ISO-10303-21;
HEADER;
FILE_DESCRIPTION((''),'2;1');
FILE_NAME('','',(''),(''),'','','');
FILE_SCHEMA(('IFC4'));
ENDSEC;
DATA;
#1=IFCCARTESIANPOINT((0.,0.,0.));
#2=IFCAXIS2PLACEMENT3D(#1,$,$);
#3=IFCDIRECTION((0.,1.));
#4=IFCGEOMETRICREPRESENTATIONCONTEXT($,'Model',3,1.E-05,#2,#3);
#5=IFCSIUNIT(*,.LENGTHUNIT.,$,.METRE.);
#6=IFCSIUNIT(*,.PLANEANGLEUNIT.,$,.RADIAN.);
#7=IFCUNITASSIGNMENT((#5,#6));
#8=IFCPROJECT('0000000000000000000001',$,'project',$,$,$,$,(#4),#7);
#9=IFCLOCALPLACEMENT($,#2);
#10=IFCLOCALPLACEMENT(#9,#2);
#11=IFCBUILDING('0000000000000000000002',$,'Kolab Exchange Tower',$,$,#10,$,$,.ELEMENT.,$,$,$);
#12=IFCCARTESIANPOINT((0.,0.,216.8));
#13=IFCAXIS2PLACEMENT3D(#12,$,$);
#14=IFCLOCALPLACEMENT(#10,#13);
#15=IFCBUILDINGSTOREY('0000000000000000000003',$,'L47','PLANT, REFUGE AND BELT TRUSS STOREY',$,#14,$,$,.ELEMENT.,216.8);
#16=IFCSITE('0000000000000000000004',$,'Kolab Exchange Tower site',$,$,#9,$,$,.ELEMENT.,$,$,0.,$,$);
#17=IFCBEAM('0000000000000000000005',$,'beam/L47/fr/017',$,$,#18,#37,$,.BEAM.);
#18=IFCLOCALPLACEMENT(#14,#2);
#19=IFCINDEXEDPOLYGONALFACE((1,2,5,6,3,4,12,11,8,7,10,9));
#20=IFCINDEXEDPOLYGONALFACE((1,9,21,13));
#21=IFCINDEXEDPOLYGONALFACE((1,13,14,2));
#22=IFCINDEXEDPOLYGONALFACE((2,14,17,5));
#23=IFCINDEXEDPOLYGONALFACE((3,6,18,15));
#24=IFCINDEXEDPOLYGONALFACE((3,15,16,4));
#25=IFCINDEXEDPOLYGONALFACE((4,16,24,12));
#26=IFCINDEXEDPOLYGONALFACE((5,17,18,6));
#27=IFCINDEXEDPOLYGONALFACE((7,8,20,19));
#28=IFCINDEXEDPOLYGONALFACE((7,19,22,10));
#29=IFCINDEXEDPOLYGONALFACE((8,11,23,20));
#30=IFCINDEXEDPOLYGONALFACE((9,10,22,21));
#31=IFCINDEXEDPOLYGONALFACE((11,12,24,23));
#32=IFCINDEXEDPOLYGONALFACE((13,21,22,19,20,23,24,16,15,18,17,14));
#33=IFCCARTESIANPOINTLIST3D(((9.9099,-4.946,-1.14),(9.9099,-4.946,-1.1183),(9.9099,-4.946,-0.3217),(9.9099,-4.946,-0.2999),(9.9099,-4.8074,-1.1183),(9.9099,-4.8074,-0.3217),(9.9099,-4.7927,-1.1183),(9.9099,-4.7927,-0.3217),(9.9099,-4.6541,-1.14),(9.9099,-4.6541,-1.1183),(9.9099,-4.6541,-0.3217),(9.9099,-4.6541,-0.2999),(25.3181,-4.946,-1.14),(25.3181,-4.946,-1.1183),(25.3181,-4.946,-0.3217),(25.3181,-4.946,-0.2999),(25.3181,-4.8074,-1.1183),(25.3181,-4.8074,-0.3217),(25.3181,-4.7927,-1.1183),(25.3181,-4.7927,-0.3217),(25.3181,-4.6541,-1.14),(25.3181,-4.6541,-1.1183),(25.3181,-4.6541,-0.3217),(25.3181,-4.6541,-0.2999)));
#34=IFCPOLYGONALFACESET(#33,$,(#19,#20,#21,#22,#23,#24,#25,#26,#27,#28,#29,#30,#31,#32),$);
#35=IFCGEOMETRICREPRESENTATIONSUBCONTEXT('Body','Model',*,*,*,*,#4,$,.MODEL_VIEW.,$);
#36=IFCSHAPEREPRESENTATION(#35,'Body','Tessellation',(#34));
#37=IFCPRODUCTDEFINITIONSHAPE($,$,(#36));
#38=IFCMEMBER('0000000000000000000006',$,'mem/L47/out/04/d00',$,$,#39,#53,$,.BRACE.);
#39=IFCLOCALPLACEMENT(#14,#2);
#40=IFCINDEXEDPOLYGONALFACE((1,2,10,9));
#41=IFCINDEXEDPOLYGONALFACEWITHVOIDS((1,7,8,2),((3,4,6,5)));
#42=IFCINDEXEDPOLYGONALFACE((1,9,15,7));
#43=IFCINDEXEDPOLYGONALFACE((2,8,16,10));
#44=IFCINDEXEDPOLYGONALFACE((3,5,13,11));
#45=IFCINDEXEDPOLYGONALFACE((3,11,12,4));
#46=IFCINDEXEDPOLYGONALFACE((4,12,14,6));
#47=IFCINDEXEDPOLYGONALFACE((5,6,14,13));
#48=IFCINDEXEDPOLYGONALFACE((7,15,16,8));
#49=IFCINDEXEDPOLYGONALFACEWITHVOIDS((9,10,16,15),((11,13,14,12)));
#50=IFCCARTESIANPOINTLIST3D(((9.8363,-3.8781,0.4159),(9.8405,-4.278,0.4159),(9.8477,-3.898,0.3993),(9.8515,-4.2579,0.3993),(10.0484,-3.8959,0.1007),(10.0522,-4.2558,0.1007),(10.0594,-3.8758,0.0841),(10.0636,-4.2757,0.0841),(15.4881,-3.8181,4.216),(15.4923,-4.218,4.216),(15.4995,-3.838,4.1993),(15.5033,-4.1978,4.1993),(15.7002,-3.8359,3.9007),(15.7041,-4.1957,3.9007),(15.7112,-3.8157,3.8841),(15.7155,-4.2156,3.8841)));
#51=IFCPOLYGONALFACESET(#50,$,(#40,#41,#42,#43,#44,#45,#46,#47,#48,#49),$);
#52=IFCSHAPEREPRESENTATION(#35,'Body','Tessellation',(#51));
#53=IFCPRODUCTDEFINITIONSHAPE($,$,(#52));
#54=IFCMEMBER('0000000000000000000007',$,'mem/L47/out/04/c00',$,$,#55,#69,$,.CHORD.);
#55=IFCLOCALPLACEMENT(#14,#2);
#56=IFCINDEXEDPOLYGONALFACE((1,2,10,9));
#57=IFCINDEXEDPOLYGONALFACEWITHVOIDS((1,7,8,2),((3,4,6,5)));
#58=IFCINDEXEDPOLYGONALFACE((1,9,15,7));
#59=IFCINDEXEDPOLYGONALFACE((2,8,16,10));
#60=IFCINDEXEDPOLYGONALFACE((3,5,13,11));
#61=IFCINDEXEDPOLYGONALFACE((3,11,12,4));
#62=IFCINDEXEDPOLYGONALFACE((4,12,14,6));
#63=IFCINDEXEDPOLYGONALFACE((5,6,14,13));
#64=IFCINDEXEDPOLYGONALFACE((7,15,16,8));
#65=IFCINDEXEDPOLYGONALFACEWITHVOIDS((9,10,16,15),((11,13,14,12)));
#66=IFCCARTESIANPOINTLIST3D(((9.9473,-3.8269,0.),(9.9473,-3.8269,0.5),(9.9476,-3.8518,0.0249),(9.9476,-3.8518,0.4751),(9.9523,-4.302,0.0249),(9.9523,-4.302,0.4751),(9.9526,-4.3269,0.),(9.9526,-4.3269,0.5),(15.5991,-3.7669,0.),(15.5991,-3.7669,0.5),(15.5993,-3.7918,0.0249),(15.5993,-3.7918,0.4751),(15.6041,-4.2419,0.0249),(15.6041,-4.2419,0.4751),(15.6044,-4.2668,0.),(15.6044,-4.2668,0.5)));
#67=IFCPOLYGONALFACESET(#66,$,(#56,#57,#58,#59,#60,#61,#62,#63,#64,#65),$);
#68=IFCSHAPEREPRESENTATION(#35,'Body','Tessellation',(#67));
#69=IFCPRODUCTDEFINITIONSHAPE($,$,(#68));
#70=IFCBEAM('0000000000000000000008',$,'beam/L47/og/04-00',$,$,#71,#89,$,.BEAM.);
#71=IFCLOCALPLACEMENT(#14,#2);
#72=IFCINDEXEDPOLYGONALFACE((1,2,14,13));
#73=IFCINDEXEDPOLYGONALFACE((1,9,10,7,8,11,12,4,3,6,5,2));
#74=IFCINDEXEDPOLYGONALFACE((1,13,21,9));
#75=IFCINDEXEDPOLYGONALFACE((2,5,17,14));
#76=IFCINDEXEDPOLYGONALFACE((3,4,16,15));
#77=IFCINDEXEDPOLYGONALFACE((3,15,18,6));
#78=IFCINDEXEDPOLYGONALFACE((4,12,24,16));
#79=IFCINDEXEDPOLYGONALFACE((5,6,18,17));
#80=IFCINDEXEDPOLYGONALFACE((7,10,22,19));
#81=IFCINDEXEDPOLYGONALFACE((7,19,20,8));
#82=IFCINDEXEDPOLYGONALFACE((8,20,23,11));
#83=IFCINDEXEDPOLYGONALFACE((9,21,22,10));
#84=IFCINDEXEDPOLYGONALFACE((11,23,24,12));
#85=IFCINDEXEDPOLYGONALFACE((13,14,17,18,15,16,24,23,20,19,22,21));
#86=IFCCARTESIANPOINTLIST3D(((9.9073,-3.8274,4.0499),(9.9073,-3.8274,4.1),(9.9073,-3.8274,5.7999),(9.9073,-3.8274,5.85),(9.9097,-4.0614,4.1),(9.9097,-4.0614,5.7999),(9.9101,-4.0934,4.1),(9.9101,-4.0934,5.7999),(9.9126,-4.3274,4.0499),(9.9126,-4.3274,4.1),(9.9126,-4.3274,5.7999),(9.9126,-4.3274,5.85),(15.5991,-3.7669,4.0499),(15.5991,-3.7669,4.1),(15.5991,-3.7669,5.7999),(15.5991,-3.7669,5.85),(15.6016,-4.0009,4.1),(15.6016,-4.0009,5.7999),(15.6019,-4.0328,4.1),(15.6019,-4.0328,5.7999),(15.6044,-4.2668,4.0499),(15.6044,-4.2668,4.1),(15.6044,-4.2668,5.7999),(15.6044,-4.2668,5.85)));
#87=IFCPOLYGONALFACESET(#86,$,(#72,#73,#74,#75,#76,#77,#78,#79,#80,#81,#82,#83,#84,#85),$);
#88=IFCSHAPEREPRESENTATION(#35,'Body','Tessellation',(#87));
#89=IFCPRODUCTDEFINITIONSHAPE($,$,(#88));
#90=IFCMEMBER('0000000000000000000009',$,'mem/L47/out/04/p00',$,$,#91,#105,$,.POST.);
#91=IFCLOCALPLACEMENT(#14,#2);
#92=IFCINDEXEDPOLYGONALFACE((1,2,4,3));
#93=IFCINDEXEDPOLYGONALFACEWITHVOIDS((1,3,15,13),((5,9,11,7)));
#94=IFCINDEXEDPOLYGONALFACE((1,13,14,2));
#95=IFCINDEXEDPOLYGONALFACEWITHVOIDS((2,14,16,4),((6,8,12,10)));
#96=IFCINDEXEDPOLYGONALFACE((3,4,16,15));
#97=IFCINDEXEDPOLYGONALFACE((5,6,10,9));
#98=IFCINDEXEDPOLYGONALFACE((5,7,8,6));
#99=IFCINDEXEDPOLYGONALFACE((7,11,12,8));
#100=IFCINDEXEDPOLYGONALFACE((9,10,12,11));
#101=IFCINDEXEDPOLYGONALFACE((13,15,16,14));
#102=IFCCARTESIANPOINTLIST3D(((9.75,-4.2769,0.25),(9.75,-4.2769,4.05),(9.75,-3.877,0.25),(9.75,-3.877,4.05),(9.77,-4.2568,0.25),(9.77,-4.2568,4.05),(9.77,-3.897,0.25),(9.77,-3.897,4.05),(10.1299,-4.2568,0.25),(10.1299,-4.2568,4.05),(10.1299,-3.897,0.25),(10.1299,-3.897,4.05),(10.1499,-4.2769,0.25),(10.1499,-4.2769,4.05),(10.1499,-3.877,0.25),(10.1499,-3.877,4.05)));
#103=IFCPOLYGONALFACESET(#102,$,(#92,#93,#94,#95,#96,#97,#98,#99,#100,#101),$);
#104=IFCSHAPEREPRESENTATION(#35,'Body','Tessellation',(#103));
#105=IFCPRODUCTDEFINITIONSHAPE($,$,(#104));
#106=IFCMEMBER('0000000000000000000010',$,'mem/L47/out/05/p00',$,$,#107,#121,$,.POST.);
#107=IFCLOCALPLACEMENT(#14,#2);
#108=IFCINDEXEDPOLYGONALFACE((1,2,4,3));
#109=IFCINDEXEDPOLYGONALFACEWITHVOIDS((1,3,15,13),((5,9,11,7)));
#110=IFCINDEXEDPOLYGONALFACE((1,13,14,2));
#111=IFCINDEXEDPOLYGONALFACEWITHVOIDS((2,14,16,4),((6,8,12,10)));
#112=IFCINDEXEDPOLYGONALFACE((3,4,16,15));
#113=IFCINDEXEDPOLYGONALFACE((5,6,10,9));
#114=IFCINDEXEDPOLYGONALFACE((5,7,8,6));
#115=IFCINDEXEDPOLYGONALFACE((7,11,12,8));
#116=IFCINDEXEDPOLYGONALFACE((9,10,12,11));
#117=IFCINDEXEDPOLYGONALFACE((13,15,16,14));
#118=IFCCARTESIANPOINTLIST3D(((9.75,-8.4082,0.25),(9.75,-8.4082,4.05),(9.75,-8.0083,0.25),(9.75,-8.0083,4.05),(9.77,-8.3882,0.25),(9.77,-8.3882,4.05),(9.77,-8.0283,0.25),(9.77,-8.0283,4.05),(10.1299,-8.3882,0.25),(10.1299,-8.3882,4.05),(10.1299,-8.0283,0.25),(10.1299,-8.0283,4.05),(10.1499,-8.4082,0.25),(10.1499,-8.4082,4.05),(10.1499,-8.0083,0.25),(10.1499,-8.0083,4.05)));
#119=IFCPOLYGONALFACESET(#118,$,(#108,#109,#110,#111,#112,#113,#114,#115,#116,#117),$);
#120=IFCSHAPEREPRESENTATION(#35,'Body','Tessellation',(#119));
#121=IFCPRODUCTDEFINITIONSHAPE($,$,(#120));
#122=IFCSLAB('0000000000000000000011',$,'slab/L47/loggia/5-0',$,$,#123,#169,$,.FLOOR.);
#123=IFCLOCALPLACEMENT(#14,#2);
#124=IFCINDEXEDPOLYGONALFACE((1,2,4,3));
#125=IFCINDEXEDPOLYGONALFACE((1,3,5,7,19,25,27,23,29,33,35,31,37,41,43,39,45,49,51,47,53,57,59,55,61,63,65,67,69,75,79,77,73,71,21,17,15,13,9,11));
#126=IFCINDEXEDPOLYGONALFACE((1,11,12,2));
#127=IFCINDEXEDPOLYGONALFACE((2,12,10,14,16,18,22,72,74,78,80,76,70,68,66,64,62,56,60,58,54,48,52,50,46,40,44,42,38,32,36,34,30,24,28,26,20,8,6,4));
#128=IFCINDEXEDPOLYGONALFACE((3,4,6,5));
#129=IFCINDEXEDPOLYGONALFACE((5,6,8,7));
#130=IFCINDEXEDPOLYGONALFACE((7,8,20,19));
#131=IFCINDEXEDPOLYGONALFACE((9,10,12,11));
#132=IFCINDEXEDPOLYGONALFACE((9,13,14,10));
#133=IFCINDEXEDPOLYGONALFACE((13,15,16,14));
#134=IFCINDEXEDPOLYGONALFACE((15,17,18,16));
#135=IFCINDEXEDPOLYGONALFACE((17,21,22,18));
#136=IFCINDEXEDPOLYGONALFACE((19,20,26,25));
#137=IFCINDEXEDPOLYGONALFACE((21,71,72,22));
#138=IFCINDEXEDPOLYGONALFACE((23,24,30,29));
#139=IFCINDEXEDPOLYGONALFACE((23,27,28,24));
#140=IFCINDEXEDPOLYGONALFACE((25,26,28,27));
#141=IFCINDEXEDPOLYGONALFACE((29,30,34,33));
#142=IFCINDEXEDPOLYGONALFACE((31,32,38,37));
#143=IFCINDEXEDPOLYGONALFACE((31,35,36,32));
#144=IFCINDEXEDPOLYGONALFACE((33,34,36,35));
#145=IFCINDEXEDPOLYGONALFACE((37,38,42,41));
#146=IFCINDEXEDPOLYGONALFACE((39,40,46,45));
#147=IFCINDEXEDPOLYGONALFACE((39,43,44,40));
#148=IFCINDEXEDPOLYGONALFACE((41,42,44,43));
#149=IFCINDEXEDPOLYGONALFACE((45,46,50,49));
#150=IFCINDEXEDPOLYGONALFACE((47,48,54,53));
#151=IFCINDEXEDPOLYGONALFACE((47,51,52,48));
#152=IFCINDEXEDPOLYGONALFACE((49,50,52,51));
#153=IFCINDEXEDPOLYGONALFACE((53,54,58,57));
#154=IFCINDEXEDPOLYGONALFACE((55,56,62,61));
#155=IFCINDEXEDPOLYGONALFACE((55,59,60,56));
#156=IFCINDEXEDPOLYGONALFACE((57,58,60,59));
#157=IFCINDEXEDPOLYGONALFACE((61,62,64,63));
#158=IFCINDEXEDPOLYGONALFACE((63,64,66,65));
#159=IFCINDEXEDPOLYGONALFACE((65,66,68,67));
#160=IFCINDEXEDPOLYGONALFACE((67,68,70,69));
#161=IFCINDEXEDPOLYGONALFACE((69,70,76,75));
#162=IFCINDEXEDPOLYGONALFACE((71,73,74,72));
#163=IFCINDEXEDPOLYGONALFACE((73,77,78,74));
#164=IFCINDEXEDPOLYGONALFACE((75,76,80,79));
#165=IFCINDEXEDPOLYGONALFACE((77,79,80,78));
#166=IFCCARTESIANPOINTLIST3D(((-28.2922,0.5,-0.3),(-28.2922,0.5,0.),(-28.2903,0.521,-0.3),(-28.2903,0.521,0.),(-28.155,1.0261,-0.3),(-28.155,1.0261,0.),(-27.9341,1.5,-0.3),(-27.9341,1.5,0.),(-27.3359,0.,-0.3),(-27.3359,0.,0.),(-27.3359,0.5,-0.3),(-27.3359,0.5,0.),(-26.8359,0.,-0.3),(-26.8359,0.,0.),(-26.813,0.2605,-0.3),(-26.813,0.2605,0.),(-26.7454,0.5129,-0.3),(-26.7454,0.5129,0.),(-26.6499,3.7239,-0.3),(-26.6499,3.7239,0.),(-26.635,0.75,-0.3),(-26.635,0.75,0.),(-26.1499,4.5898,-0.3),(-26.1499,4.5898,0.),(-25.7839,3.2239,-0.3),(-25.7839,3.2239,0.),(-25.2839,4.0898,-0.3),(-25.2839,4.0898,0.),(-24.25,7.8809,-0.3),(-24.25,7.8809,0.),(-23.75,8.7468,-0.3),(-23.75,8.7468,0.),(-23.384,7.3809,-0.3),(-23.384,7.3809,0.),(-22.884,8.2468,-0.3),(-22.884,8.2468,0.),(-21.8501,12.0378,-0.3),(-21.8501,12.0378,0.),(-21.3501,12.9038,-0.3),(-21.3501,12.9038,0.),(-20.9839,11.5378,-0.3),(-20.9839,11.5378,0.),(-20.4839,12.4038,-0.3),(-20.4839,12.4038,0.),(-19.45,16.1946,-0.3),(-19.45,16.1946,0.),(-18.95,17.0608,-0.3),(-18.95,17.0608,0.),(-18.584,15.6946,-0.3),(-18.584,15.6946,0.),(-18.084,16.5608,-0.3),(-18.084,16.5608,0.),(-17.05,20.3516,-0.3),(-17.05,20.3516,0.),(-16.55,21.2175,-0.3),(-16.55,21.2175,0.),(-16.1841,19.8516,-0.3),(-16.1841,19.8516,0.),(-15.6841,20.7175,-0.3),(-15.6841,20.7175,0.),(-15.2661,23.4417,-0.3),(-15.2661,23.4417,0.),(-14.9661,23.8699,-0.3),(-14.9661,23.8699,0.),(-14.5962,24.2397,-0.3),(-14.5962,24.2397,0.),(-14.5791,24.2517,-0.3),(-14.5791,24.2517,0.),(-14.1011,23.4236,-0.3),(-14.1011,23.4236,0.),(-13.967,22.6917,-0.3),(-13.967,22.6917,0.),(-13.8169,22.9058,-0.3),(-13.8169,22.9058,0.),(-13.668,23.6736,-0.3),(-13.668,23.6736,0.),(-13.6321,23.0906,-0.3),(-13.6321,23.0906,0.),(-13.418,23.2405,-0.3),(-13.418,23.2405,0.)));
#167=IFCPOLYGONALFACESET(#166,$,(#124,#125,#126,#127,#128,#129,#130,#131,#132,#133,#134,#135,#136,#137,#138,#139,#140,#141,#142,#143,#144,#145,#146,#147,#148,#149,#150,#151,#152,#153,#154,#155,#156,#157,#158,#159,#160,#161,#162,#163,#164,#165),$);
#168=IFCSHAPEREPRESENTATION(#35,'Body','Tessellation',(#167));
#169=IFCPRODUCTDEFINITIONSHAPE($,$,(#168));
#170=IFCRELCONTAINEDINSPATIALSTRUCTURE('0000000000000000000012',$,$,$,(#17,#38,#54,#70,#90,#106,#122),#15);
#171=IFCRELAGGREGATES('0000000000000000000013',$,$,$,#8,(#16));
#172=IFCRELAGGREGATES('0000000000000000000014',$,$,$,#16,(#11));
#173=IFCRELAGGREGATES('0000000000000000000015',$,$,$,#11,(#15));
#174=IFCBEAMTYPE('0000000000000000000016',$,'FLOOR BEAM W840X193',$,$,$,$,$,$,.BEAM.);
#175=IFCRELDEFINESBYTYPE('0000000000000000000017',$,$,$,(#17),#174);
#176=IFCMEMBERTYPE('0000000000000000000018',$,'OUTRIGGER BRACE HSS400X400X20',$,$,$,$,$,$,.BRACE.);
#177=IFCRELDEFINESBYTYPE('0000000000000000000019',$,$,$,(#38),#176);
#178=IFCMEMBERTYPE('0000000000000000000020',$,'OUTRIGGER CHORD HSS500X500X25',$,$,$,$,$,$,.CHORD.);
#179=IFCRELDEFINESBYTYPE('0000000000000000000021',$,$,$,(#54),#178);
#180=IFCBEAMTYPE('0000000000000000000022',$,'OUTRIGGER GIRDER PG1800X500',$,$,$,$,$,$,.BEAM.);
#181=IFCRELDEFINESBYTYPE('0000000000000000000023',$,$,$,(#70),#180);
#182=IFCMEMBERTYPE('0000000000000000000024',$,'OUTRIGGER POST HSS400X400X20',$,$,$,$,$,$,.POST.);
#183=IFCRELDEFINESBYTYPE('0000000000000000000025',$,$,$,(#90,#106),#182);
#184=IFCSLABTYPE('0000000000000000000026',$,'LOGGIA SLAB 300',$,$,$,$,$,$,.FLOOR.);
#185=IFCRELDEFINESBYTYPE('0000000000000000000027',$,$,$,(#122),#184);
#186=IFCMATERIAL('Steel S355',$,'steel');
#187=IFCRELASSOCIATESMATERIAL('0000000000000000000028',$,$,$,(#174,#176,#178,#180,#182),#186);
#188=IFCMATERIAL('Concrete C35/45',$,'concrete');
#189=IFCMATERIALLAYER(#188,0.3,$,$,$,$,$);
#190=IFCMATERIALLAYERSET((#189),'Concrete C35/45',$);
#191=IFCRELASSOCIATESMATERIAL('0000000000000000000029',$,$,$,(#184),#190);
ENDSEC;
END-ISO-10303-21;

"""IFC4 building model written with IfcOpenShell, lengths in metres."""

from ifc_helpers import new_model, si_unit, direction, frame, origin, origin_2d, place, context, subcontext, project, spatial, polyline, hollow_rectangle, i_section, outline, extrude, material, layer, layer_set, material_profile, profile_set, type_object, element, save


model = new_model("IFC4")

# Units and contexts
model_context = context("Model", 3, precision=1e-05, world=origin(), true_north=direction((0.0, 1.0)))
body_context = subcontext(model_context, "Body", "Model", "MODEL_VIEW")
ifc_project = project(units=[si_unit("LENGTHUNIT", "METRE"), si_unit("PLANEANGLEUNIT", "RADIAN")], contexts=[model_context])

# Site, building, storey
site_placement = place(None, origin())
site = spatial("IfcSite", under=ifc_project, at=site_placement, Name="Kolab Exchange Tower site", CompositionType="ELEMENT", RefElevation=0.0)
building_placement = place(site_placement, origin())
building = spatial("IfcBuilding", under=site, at=building_placement, Name="Kolab Exchange Tower", CompositionType="ELEMENT")
storey_placement = place(building_placement, frame((0.0, 0.0, 216.8)))
storey = spatial("IfcBuildingStorey", under=building, at=storey_placement, Name="L47", Description="PLANT, REFUGE AND BELT TRUSS STOREY", CompositionType="ELEMENT", Elevation=216.8)

# Beam
ifc_material_1 = material(Name="Steel S355", Category="steel")
ifc_material_profile_1 = material_profile(ifc_material_1, i_section(OverallWidth=0.292, OverallDepth=0.8401, WebThickness=0.0146, FlangeThickness=0.0217, at=origin_2d()), Name="W840X193")
ifc_profile_set_1 = profile_set([ifc_material_profile_1], Name="Steel S355")
beam_type_1 = type_object("IfcBeamType", Name="FLOOR BEAM W840X193", PredefinedType="BEAM", material=ifc_profile_set_1)
beam_1_placement = place(storey_placement, frame((9.9099, -4.8, -0.72), z_axis=(1.0, 0.0, 0.0), x_axis=(0.0, 1.0, 0.0)))
element("IfcBeam", 1, at=beam_1_placement, inside=storey, type_object=beam_type_1, Name="beam/L47/fr/017", PredefinedType="BEAM", context=body_context, shape_type="SweptSolid", body=[
    extrude(i_section(OverallWidth=0.292, OverallDepth=0.8401, WebThickness=0.0146, FlangeThickness=0.0217, at=origin_2d()), origin(), (0.0, 0.0, 1.0), 15.4082),
])

# Members
ifc_material_profile_2 = material_profile(ifc_material_1, hollow_rectangle(XDim=0.3999, YDim=0.3999, WallThickness=0.02, at=origin_2d()), Name="HSS400X400X20")
ifc_profile_set_2 = profile_set([ifc_material_profile_2], Name="Steel S355")
member_type_1 = type_object("IfcMemberType", Name="OUTRIGGER BRACE HSS400X400X20", PredefinedType="BRACE", material=ifc_profile_set_2)
member_1_placement = place(storey_placement, frame((9.95, -4.0769, 0.25), z_axis=(0.829833, 0.008818, 0.557942), x_axis=(-0.010626, 0.999944, 0.0)))
element("IfcMember", 2, at=member_1_placement, inside=storey, type_object=member_type_1, Name="mem/L47/out/04/d00", PredefinedType="BRACE", context=body_context, shape_type="SweptSolid", body=[
    extrude(hollow_rectangle(XDim=0.3999, YDim=0.3999, WallThickness=0.02, at=origin_2d()), origin(), (0.0, 0.0, 1.0), 6.8108),
])
ifc_material_profile_3 = material_profile(ifc_material_1, hollow_rectangle(XDim=0.5, YDim=0.5, WallThickness=0.0249, at=origin_2d()), Name="HSS500X500X25")
ifc_profile_set_3 = profile_set([ifc_material_profile_3], Name="Steel S355")
member_type_2 = type_object("IfcMemberType", Name="OUTRIGGER CHORD HSS500X500X25", PredefinedType="CHORD", material=ifc_profile_set_3)
member_2_placement = place(storey_placement, frame((9.95, -4.0769, 0.25), z_axis=(0.999944, 0.010626, 0.0), x_axis=(-0.010626, 0.999944, 0.0)))
element("IfcMember", 3, at=member_2_placement, inside=storey, type_object=member_type_2, Name="mem/L47/out/04/c00", PredefinedType="CHORD", context=body_context, shape_type="SweptSolid", body=[
    extrude(hollow_rectangle(XDim=0.5, YDim=0.5, WallThickness=0.0249, at=origin_2d()), origin(), (0.0, 0.0, 1.0), 5.6521),
])

# Beam
ifc_material_profile_4 = material_profile(ifc_material_1, i_section(OverallWidth=0.5, OverallDepth=1.8, WebThickness=0.032, FlangeThickness=0.05, at=origin_2d()), Name="PG1800X500")
ifc_profile_set_4 = profile_set([ifc_material_profile_4], Name="Steel S355")
beam_type_2 = type_object("IfcBeamType", Name="OUTRIGGER GIRDER PG1800X500", PredefinedType="BEAM", material=ifc_profile_set_4)
beam_2_placement = place(storey_placement, frame((9.9099, -4.0774, 4.95), z_axis=(0.999943, 0.010637, 0.0), x_axis=(-0.010637, 0.999943, 0.0)))
element("IfcBeam", 4, at=beam_2_placement, inside=storey, type_object=beam_type_2, Name="beam/L47/og/04-00", PredefinedType="BEAM", context=body_context, shape_type="SweptSolid", body=[
    extrude(i_section(OverallWidth=0.5, OverallDepth=1.8, WebThickness=0.032, FlangeThickness=0.05, at=origin_2d()), origin(), (0.0, 0.0, 1.0), 5.6921),
])

# Members
ifc_material_profile_5 = material_profile(ifc_material_1, hollow_rectangle(XDim=0.3999, YDim=0.3999, WallThickness=0.02, at=origin_2d()), Name="HSS400X400X20")
ifc_profile_set_5 = profile_set([ifc_material_profile_5], Name="Steel S355")
member_type_3 = type_object("IfcMemberType", Name="OUTRIGGER POST HSS400X400X20", PredefinedType="POST", material=ifc_profile_set_5)
for number, where, z_axis, x_axis, name in (
    (5, (9.95, -4.0769, 0.25), (0.0, 0.0, 1.0), (1.0, 0.0, 0.0), "mem/L47/out/04/p00"),
    (6, (9.95, -8.2083, 0.25), (0.0, 0.0, 1.0), (1.0, 0.0, 0.0), "mem/L47/out/05/p00"),
):
    element("IfcMember", number, at=place(storey_placement, frame(where, z_axis=z_axis, x_axis=x_axis)), inside=storey, type_object=member_type_3, Name=name, PredefinedType="POST", context=body_context, shape_type="SweptSolid", body=[
        extrude(hollow_rectangle(XDim=0.3999, YDim=0.3999, WallThickness=0.02, at=origin_2d()), origin(), (0.0, 0.0, 1.0), 3.8),
    ])

# Slab
ifc_material_2 = material(Name="Concrete C35/45", Category="concrete")
ifc_layer_1 = layer(ifc_material_2, 0.3)
ifc_layer_set_1 = layer_set([ifc_layer_1], Name="Concrete C35/45")
slab_type = type_object("IfcSlabType", Name="LOGGIA SLAB 300", PredefinedType="FLOOR", material=ifc_layer_set_1)
slab_placement = place(storey_placement, frame((0.0, 0.0, -0.3)))
element("IfcSlab", 7, at=slab_placement, inside=storey, type_object=slab_type, Name="slab/L47/loggia/5-0", PredefinedType="FLOOR", context=body_context, shape_type="SweptSolid", body=[
    extrude(outline(polyline([(-13.418, 23.2405), (-13.668, 23.6736), (-14.1011, 23.4236), (-14.5791, 24.2517), (-14.5962, 24.2397), (-14.9661, 23.8699), (-15.2661, 23.4417), (-16.55, 21.2175), (-15.6841, 20.7175), (-16.1841, 19.8516), (-17.05, 20.3516), (-18.95, 17.0608), (-18.084, 16.5608), (-18.584, 15.6946), (-19.45, 16.1946), (-21.3501, 12.9038), (-20.4839, 12.4038), (-20.9839, 11.5378), (-21.8501, 12.0378), (-23.75, 8.7468), (-22.884, 8.2468), (-23.384, 7.3809), (-24.25, 7.8809), (-26.1499, 4.5898), (-25.2839, 4.0898), (-25.7839, 3.2239), (-26.6499, 3.7239), (-27.9341, 1.5), (-28.155, 1.0261), (-28.2903, 0.521), (-28.2922, 0.5), (-27.3359, 0.5), (-27.3359, 0.0), (-26.8359, 0.0), (-26.813, 0.2605), (-26.7454, 0.5129), (-26.635, 0.75), (-13.967, 22.6917), (-13.8169, 22.9058), (-13.6321, 23.0906), (-13.418, 23.2405)])), origin(), (0.0, 0.0, 1.0), 0.3),
])

save(model, "model.ifc")
